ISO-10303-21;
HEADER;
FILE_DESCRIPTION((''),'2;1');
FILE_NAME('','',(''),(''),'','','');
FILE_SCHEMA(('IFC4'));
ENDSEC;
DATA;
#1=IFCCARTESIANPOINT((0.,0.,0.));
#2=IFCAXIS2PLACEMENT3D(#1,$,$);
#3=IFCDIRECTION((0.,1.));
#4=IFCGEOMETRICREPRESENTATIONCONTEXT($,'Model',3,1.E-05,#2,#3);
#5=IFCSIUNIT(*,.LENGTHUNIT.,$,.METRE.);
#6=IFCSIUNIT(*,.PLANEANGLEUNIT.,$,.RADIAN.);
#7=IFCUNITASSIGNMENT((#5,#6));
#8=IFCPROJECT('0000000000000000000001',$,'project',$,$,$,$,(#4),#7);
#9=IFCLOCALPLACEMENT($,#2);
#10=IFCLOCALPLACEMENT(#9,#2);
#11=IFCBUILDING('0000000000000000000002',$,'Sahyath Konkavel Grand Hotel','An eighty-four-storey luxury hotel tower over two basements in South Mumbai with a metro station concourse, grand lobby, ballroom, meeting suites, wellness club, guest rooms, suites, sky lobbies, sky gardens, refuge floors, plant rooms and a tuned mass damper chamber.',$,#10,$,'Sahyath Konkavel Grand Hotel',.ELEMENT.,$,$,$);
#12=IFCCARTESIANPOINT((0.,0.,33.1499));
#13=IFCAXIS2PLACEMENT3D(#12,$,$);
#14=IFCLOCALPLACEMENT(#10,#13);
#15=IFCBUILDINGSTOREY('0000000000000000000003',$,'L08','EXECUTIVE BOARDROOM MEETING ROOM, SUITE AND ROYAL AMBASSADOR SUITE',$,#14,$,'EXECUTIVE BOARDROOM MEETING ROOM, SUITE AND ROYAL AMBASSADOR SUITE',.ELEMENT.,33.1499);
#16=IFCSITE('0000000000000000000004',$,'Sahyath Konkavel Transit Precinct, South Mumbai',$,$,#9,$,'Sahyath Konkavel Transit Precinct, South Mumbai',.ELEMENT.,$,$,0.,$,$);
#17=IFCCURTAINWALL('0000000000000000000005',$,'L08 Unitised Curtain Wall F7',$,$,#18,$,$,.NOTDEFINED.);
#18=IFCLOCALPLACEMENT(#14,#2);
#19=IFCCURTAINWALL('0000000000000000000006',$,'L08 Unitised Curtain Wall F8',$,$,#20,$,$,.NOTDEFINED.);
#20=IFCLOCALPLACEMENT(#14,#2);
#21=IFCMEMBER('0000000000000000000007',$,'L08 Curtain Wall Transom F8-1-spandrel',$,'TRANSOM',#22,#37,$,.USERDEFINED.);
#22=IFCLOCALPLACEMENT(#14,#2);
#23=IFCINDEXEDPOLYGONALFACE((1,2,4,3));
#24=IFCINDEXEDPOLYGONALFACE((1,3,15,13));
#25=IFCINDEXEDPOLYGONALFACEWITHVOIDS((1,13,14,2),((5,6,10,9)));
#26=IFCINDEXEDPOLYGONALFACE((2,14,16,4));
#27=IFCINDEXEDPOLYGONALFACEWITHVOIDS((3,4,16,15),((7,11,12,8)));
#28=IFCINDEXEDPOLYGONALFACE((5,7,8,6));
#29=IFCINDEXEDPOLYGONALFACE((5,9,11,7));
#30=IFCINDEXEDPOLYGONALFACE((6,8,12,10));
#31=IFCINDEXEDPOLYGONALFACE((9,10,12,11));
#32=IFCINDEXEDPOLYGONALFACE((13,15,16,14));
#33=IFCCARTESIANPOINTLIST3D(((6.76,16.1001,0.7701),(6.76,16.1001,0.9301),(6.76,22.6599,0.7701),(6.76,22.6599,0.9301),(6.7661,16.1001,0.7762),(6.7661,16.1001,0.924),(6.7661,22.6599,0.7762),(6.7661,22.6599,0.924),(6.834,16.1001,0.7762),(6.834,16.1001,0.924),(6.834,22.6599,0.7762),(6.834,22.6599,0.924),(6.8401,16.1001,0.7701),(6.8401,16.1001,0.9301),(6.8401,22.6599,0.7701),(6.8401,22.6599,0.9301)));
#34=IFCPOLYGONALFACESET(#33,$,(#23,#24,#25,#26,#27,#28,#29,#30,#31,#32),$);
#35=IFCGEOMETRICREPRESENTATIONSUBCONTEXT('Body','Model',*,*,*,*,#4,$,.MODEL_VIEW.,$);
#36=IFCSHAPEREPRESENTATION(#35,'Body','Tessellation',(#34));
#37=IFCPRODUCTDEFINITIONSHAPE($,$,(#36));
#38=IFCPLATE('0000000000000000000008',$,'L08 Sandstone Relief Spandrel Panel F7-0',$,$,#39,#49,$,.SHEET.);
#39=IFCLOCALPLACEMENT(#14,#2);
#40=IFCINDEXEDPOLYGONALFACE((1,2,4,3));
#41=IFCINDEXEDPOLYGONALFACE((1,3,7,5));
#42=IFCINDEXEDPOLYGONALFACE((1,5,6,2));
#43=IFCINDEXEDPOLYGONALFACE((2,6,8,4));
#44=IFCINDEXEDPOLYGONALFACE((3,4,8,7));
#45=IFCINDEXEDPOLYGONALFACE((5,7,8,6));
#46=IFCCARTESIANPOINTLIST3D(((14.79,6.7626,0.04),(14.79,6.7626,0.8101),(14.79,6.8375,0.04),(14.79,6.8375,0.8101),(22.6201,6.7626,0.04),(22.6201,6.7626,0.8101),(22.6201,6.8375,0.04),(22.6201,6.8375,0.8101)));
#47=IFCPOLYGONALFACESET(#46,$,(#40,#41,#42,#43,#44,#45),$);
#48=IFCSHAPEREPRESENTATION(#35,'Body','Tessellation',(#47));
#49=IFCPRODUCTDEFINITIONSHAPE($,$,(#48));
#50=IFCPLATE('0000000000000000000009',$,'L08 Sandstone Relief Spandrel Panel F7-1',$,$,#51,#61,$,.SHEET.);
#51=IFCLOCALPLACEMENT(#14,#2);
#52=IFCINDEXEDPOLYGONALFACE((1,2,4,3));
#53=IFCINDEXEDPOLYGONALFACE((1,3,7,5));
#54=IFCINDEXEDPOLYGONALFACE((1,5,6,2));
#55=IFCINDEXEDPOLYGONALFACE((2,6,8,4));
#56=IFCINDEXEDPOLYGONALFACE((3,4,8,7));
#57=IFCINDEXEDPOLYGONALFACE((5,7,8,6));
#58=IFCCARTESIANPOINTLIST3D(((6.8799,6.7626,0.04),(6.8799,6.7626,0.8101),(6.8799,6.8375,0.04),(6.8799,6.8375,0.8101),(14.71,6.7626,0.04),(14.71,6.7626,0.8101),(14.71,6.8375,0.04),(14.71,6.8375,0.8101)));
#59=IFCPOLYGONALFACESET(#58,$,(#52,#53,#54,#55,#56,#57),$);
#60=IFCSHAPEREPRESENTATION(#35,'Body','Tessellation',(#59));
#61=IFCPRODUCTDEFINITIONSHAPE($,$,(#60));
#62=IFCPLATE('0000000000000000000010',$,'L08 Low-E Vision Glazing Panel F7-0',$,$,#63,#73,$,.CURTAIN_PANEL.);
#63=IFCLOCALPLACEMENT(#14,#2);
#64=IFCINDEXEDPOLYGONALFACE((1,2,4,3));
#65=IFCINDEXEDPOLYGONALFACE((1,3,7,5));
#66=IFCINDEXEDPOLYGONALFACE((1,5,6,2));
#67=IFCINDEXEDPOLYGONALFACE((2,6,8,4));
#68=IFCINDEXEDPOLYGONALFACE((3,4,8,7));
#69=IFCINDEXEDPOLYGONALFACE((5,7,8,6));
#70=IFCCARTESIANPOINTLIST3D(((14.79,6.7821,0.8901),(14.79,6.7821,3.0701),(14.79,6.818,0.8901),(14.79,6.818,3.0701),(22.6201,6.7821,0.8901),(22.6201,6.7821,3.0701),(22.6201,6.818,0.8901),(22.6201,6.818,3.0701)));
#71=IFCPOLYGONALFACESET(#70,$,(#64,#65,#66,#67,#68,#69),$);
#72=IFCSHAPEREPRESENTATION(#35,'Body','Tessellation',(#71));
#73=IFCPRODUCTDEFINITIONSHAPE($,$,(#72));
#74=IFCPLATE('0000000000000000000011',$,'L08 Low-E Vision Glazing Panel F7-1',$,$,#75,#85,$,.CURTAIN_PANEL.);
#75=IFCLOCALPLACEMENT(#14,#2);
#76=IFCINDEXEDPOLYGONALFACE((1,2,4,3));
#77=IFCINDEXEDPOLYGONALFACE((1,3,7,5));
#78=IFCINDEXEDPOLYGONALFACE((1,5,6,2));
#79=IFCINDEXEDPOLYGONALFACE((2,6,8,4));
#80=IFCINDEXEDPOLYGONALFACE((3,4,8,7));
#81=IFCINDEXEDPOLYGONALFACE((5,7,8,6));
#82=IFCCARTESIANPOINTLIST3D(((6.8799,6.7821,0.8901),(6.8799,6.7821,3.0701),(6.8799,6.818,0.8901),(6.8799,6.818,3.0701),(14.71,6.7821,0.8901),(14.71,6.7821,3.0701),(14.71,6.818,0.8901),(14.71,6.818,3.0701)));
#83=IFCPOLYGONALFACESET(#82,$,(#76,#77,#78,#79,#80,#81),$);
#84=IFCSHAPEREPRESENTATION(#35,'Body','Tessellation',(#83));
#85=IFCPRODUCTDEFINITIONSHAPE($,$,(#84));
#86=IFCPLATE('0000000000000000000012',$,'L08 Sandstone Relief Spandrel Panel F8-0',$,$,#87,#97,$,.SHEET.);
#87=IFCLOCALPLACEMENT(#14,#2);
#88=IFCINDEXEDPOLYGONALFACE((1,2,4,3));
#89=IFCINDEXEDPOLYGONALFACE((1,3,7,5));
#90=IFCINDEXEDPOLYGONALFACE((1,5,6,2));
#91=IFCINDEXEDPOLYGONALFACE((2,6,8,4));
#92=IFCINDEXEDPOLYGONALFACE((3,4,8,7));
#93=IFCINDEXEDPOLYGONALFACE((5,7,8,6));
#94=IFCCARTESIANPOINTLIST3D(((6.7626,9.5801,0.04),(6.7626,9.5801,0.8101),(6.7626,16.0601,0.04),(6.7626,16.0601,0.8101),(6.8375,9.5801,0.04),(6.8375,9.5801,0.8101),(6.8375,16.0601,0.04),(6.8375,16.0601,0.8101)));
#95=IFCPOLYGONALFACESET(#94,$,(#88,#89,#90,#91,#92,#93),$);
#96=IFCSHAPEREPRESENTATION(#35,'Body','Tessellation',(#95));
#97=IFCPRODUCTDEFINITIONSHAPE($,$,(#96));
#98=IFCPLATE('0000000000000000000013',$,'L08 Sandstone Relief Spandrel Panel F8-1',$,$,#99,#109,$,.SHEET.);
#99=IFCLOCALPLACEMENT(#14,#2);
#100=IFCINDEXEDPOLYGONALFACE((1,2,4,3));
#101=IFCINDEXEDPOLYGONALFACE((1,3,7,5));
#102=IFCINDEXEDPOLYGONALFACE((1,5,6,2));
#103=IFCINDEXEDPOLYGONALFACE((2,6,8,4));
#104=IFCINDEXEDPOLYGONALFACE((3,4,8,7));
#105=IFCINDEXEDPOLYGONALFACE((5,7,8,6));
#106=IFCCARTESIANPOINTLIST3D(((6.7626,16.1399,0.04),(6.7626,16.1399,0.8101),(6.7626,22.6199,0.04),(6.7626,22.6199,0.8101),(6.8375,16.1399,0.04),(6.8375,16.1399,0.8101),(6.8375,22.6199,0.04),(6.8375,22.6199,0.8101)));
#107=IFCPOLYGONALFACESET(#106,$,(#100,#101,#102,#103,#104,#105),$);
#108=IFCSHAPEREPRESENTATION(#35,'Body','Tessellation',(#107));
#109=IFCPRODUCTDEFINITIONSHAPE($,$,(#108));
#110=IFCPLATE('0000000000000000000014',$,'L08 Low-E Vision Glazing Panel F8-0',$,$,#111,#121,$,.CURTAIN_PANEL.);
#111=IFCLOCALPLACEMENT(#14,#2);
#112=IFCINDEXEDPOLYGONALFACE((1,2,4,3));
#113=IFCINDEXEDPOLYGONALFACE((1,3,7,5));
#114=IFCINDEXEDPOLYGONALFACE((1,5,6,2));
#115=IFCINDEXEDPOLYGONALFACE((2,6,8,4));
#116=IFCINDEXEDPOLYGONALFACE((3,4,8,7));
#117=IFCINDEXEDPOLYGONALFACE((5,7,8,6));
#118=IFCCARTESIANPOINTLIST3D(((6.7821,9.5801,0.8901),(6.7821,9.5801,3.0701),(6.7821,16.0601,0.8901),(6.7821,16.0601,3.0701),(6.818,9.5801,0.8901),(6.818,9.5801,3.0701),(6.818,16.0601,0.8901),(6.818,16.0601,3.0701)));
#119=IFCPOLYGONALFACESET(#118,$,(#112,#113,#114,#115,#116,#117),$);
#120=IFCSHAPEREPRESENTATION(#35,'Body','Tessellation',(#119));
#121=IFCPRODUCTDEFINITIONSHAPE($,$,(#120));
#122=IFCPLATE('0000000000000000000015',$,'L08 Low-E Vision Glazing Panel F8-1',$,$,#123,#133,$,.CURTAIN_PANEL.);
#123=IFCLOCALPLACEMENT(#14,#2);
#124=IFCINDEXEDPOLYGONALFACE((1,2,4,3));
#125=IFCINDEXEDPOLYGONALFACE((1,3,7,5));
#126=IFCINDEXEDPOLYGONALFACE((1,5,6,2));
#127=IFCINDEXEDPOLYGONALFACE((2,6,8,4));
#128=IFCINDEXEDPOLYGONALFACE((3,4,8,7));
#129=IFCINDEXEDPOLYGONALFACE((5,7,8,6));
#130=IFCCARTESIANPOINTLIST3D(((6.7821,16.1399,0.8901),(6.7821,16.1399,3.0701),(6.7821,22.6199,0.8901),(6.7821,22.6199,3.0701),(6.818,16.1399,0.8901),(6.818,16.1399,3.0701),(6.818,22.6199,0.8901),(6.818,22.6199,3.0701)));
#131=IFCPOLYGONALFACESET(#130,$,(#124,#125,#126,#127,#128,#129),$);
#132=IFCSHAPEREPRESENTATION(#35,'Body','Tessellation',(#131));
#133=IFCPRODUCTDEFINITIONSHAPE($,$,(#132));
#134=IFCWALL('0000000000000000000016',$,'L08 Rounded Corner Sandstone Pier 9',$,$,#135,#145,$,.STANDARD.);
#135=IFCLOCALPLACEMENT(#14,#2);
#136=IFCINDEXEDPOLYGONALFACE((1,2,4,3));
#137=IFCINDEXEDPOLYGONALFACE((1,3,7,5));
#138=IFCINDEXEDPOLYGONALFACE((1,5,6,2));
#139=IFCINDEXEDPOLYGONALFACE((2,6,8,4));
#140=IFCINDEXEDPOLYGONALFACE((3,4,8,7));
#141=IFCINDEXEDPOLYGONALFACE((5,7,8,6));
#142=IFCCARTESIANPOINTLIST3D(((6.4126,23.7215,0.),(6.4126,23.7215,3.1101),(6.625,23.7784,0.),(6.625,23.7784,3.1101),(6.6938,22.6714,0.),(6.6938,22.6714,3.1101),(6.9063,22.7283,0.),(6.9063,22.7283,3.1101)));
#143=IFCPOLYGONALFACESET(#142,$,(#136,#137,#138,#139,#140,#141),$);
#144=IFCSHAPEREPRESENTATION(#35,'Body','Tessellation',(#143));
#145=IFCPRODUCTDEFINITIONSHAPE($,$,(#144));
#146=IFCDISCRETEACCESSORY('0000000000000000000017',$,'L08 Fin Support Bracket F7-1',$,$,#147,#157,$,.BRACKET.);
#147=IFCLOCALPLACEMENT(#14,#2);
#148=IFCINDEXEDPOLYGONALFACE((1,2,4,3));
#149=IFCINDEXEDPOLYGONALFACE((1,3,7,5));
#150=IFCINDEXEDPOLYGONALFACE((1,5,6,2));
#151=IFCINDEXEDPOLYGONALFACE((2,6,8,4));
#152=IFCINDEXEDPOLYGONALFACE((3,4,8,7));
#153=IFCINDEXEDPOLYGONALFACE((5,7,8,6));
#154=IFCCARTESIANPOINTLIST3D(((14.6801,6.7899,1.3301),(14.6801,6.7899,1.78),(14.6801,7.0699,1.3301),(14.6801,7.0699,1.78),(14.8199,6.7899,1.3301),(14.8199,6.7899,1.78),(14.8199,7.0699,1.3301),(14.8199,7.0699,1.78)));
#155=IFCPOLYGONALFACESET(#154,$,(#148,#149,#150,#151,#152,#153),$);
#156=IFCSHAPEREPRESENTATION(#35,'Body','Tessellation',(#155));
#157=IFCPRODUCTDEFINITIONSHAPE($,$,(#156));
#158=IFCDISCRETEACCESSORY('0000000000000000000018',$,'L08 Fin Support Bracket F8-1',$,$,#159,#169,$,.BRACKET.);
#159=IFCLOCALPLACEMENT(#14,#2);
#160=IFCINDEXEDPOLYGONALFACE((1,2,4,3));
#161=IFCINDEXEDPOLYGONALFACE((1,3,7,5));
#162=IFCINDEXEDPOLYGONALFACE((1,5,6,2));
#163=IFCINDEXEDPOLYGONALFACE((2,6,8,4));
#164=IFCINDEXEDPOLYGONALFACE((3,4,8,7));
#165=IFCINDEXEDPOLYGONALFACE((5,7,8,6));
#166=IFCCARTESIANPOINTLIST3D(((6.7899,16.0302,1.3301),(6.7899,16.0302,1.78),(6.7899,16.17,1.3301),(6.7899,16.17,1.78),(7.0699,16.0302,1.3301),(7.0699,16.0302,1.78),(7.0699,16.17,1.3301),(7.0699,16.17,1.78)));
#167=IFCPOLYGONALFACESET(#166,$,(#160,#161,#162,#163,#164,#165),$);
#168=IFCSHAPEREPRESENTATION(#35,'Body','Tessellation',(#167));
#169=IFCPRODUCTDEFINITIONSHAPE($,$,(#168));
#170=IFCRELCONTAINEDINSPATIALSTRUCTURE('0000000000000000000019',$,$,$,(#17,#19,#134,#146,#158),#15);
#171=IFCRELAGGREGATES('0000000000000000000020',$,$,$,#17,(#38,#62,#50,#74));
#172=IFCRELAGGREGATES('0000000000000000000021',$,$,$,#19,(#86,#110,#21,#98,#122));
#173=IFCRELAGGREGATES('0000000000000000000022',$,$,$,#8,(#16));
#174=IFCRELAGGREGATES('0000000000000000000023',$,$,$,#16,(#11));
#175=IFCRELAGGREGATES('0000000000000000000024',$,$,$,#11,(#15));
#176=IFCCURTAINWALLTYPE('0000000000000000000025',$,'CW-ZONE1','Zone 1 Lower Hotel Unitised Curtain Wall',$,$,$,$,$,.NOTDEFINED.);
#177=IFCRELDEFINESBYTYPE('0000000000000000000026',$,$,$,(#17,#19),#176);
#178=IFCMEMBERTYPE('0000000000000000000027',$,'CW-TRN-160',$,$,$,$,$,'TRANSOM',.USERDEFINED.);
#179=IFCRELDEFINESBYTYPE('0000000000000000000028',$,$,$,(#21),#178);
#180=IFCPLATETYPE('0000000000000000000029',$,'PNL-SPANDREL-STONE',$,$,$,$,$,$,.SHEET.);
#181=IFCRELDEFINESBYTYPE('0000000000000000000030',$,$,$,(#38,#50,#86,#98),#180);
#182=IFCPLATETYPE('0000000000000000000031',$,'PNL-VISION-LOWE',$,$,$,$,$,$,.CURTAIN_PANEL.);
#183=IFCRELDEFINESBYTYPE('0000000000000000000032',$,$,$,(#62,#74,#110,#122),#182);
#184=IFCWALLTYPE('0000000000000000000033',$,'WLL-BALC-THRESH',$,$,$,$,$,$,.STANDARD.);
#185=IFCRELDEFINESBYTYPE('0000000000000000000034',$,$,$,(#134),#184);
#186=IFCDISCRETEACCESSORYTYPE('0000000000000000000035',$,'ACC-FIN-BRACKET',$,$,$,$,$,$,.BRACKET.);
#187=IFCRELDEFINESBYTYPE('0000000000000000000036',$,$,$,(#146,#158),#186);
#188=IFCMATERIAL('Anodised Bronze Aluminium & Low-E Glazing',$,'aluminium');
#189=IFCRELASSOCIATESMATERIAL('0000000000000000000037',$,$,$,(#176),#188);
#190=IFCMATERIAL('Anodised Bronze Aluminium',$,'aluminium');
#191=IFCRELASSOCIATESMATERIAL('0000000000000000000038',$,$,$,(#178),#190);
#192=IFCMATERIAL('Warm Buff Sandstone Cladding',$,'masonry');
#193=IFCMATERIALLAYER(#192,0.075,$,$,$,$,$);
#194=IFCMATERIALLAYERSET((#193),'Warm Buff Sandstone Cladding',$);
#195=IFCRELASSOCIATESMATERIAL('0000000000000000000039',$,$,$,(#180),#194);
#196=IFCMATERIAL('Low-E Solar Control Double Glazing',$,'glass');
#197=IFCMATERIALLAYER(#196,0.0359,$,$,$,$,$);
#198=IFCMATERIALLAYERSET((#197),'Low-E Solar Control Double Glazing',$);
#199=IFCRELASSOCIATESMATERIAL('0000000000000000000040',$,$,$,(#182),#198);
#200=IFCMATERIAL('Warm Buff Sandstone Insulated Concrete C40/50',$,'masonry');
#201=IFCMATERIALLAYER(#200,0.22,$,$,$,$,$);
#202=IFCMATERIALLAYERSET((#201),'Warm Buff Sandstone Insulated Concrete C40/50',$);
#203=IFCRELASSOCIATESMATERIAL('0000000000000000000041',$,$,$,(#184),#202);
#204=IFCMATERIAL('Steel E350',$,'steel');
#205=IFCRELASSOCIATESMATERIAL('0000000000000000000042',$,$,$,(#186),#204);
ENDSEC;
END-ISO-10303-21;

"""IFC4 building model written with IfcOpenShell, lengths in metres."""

from ifc_helpers import new_model, si_unit, direction, frame, frame_2d, origin, origin_2d, place, context, subcontext, project, spatial, rectangle, hollow_rectangle, extrude, source, transform, mapped, material, layer, layer_set, material_profile, profile_set, type_object, element, aggregate, save


model = new_model("IFC4")

# Units and contexts
model_context = context("Model", 3, precision=1e-05, world=origin(), true_north=direction((0.0, 1.0)))
body_context = subcontext(model_context, "Body", "Model", "MODEL_VIEW")
ifc_project = project(units=[si_unit("LENGTHUNIT", "METRE"), si_unit("PLANEANGLEUNIT", "RADIAN")], contexts=[model_context])

# Site, building, storey
site_placement = place(None, origin())
site = spatial("IfcSite", under=ifc_project, at=site_placement, Name="Sahyath Konkavel Transit Precinct, South Mumbai", LongName="Sahyath Konkavel Transit Precinct, South Mumbai", CompositionType="ELEMENT", RefElevation=0.0)
building_placement = place(site_placement, origin())
building = spatial("IfcBuilding", under=site, at=building_placement, Name="Sahyath Konkavel Grand Hotel", Description="An eighty-four-storey luxury hotel tower over two basements in South Mumbai with a metro station concourse, grand lobby, ballroom, meeting suites, wellness club, guest rooms, suites, sky lobbies, sky gardens, refuge floors, plant rooms and a tuned mass damper chamber.", LongName="Sahyath Konkavel Grand Hotel", CompositionType="ELEMENT")
storey_placement = place(building_placement, frame((0.0, 0.0, 33.1499)))
storey = spatial("IfcBuildingStorey", under=building, at=storey_placement, Name="L08", Description="EXECUTIVE BOARDROOM MEETING ROOM, SUITE AND ROYAL AMBASSADOR SUITE", LongName="EXECUTIVE BOARDROOM MEETING ROOM, SUITE AND ROYAL AMBASSADOR SUITE", CompositionType="ELEMENT", Elevation=33.1499)

# Curtain walls
ifc_material_1 = material(Name="Anodised Bronze Aluminium & Low-E Glazing", Category="aluminium")
curtain_wall_type = type_object("IfcCurtainWallType", Name="CW-ZONE1", Description="Zone 1 Lower Hotel Unitised Curtain Wall", PredefinedType="NOTDEFINED", material=ifc_material_1)
curtain_wall_1_placement = place(storey_placement, origin())
curtain_wall_1 = element("IfcCurtainWall", 1, at=curtain_wall_1_placement, inside=storey, type_object=curtain_wall_type, Name="L08 Unitised Curtain Wall F7", PredefinedType="NOTDEFINED")
curtain_wall_2_placement = place(storey_placement, origin())
curtain_wall_2 = element("IfcCurtainWall", 2, at=curtain_wall_2_placement, inside=storey, type_object=curtain_wall_type, Name="L08 Unitised Curtain Wall F8", PredefinedType="NOTDEFINED")

# Member
ifc_material_2 = material(Name="Anodised Bronze Aluminium", Category="aluminium")
ifc_material_profile_1 = material_profile(ifc_material_2, hollow_rectangle(XDim=0.0801, YDim=0.1599, WallThickness=0.0061, at=origin_2d()), Name="RHS 160x80x6")
ifc_profile_set_1 = profile_set([ifc_material_profile_1], Name="Anodised Bronze Aluminium")
member_type_1 = type_object("IfcMemberType", Name="CW-TRN-160", ElementType="TRANSOM", PredefinedType="USERDEFINED", material=ifc_profile_set_1)
shared_shape_1 = source(origin(), body_context, "Body", "SweptSolid", [
    extrude(hollow_rectangle(XDim=0.0801, YDim=0.1599, WallThickness=0.0061, at=origin_2d()), origin(), (0.0, 0.0, 1.0), 6.5598),
])
member_1_placement = place(storey_placement, frame((6.8, 16.1001, 0.8501), z_axis=(0.0, 1.0, 0.0), x_axis=(-1.0, 0.0, 0.0)))
member_1 = element("IfcMember", 3, at=member_1_placement, type_object=member_type_1, Name="L08 Curtain Wall Transom F8-1-spandrel", ObjectType="TRANSOM", PredefinedType="USERDEFINED", context=body_context, shape_type="MappedRepresentation", body=[
    mapped(shared_shape_1, transform((0.0, 0.0, 0.0), scale=1.0)),
])

# Plates
ifc_material_3 = material(Name="Warm Buff Sandstone Cladding", Category="masonry")
ifc_layer_1 = layer(ifc_material_3, 0.075)
ifc_layer_set_1 = layer_set([ifc_layer_1], Name="Warm Buff Sandstone Cladding")
plate_type_1 = type_object("IfcPlateType", Name="PNL-SPANDREL-STONE", PredefinedType="SHEET", material=ifc_layer_set_1)
shared_shape_2 = source(origin(), body_context, "Body", "SweptSolid", [
    extrude(rectangle(XDim=7.8301, YDim=0.075, at=origin_2d()), origin(), (0.0, 0.0, 1.0), 0.77),
])
plate_1_placement = place(storey_placement, frame((18.7051, 6.8, 0.04), z_axis=(0.0, 0.0, 1.0), x_axis=(-1.0, 0.0, 0.0)))
plate_1 = element("IfcPlate", 4, at=plate_1_placement, type_object=plate_type_1, Name="L08 Sandstone Relief Spandrel Panel F7-0", PredefinedType="SHEET", context=body_context, shape_type="MappedRepresentation", body=[
    mapped(shared_shape_2, transform((0.0, 0.0, 0.0), scale=1.0)),
])
plate_2_placement = place(storey_placement, frame((10.7949, 6.8, 0.04), z_axis=(0.0, 0.0, 1.0), x_axis=(-1.0, 0.0, 0.0)))
plate_2 = element("IfcPlate", 5, at=plate_2_placement, type_object=plate_type_1, Name="L08 Sandstone Relief Spandrel Panel F7-1", PredefinedType="SHEET", context=body_context, shape_type="MappedRepresentation", body=[
    mapped(shared_shape_2, transform((0.0, 0.0, 0.0), scale=1.0)),
])
ifc_material_4 = material(Name="Low-E Solar Control Double Glazing", Category="glass")
ifc_layer_2 = layer(ifc_material_4, 0.0359)
ifc_layer_set_2 = layer_set([ifc_layer_2], Name="Low-E Solar Control Double Glazing")
plate_type_2 = type_object("IfcPlateType", Name="PNL-VISION-LOWE", PredefinedType="CURTAIN_PANEL", material=ifc_layer_set_2)
shared_shape_3 = source(origin(), body_context, "Body", "SweptSolid", [
    extrude(rectangle(XDim=7.8301, YDim=0.0359, at=origin_2d()), origin(), (0.0, 0.0, 1.0), 2.1799),
])
plate_3_placement = place(storey_placement, frame((18.7051, 6.8, 0.8901), z_axis=(0.0, 0.0, 1.0), x_axis=(-1.0, 0.0, 0.0)))
plate_3 = element("IfcPlate", 6, at=plate_3_placement, type_object=plate_type_2, Name="L08 Low-E Vision Glazing Panel F7-0", PredefinedType="CURTAIN_PANEL", context=body_context, shape_type="MappedRepresentation", body=[
    mapped(shared_shape_3, transform((0.0, 0.0, 0.0), scale=1.0)),
])
plate_4_placement = place(storey_placement, frame((10.7949, 6.8, 0.8901), z_axis=(0.0, 0.0, 1.0), x_axis=(-1.0, 0.0, 0.0)))
plate_4 = element("IfcPlate", 7, at=plate_4_placement, type_object=plate_type_2, Name="L08 Low-E Vision Glazing Panel F7-1", PredefinedType="CURTAIN_PANEL", context=body_context, shape_type="MappedRepresentation", body=[
    mapped(shared_shape_3, transform((0.0, 0.0, 0.0), scale=1.0)),
])
aggregate(curtain_wall_1, [plate_1, plate_3, plate_2, plate_4])
shared_shape_4 = source(origin(), body_context, "Body", "SweptSolid", [
    extrude(rectangle(XDim=6.48, YDim=0.075, at=origin_2d()), origin(), (0.0, 0.0, 1.0), 0.77),
])
plate_5_placement = place(storey_placement, frame((6.8, 12.8201, 0.04), z_axis=(0.0, 0.0, 1.0), x_axis=(0.0, 1.0, 0.0)))
plate_5 = element("IfcPlate", 8, at=plate_5_placement, type_object=plate_type_1, Name="L08 Sandstone Relief Spandrel Panel F8-0", PredefinedType="SHEET", context=body_context, shape_type="MappedRepresentation", body=[
    mapped(shared_shape_4, transform((0.0, 0.0, 0.0), scale=1.0)),
])
plate_6_placement = place(storey_placement, frame((6.8, 19.3799, 0.04), z_axis=(0.0, 0.0, 1.0), x_axis=(0.0, 1.0, 0.0)))
plate_6 = element("IfcPlate", 9, at=plate_6_placement, type_object=plate_type_1, Name="L08 Sandstone Relief Spandrel Panel F8-1", PredefinedType="SHEET", context=body_context, shape_type="MappedRepresentation", body=[
    mapped(shared_shape_4, transform((0.0, 0.0, 0.0), scale=1.0)),
])
shared_shape_5 = source(origin(), body_context, "Body", "SweptSolid", [
    extrude(rectangle(XDim=6.48, YDim=0.0359, at=origin_2d()), origin(), (0.0, 0.0, 1.0), 2.1799),
])
plate_7_placement = place(storey_placement, frame((6.8, 12.8201, 0.8901), z_axis=(0.0, 0.0, 1.0), x_axis=(0.0, 1.0, 0.0)))
plate_7 = element("IfcPlate", 10, at=plate_7_placement, type_object=plate_type_2, Name="L08 Low-E Vision Glazing Panel F8-0", PredefinedType="CURTAIN_PANEL", context=body_context, shape_type="MappedRepresentation", body=[
    mapped(shared_shape_5, transform((0.0, 0.0, 0.0), scale=1.0)),
])
plate_8_placement = place(storey_placement, frame((6.8, 19.3799, 0.8901), z_axis=(0.0, 0.0, 1.0), x_axis=(0.0, 1.0, 0.0)))
plate_8 = element("IfcPlate", 11, at=plate_8_placement, type_object=plate_type_2, Name="L08 Low-E Vision Glazing Panel F8-1", PredefinedType="CURTAIN_PANEL", context=body_context, shape_type="MappedRepresentation", body=[
    mapped(shared_shape_5, transform((0.0, 0.0, 0.0), scale=1.0)),
])
aggregate(curtain_wall_2, [plate_5, plate_7, member_1, plate_6, plate_8])

# Wall
ifc_material_5 = material(Name="Warm Buff Sandstone Insulated Concrete C40/50", Category="masonry")
ifc_layer_3 = layer(ifc_material_5, 0.22)
ifc_layer_set_3 = layer_set([ifc_layer_3], Name="Warm Buff Sandstone Insulated Concrete C40/50")
wall_type = type_object("IfcWallType", Name="WLL-BALC-THRESH", PredefinedType="STANDARD", material=ifc_layer_set_3)
wall_placement = place(storey_placement, frame((6.8, 22.7, 0.0), z_axis=(0.0, 0.0, 1.0), x_axis=(-0.258725, 0.965951, 0.0)))
element("IfcWall", 12, at=wall_placement, inside=storey, type_object=wall_type, Name="L08 Rounded Corner Sandstone Pier 9", PredefinedType="STANDARD", context=body_context, shape_type="SweptSolid", body=[
    extrude(rectangle(XDim=1.0872, YDim=0.22, at=frame_2d((0.5435, 0.0))), origin(), (0.0, 0.0, 1.0), 3.1101),
])

# Discrete accessories
ifc_material_6 = material(Name="Steel E350", Category="steel")
discrete_accessory_type = type_object("IfcDiscreteAccessoryType", Name="ACC-FIN-BRACKET", PredefinedType="BRACKET", material=ifc_material_6)
shared_shape_6 = source(origin(), body_context, "Body", "SweptSolid", [
    extrude(rectangle(XDim=0.28, YDim=0.1399, at=origin_2d()), origin(), (0.0, 0.0, 1.0), 0.45),
])
for number, where, z_axis, x_axis, name in (
    (13, (14.75, 6.9299, 1.3301), (0.0, 0.0, 1.0), (0.0, 1.0, 0.0), "L08 Fin Support Bracket F7-1"),
    (14, (6.9299, 16.1001, 1.3301), (0.0, 0.0, 1.0), (1.0, 0.0, 0.0), "L08 Fin Support Bracket F8-1"),
):
    element("IfcDiscreteAccessory", number, at=place(storey_placement, frame(where, z_axis=z_axis, x_axis=x_axis)), inside=storey, type_object=discrete_accessory_type, Name=name, PredefinedType="BRACKET", context=body_context, shape_type="MappedRepresentation", body=[
        mapped(shared_shape_6, transform((0.0, 0.0, 0.0), scale=1.0)),
    ])

save(model, "model.ifc")
